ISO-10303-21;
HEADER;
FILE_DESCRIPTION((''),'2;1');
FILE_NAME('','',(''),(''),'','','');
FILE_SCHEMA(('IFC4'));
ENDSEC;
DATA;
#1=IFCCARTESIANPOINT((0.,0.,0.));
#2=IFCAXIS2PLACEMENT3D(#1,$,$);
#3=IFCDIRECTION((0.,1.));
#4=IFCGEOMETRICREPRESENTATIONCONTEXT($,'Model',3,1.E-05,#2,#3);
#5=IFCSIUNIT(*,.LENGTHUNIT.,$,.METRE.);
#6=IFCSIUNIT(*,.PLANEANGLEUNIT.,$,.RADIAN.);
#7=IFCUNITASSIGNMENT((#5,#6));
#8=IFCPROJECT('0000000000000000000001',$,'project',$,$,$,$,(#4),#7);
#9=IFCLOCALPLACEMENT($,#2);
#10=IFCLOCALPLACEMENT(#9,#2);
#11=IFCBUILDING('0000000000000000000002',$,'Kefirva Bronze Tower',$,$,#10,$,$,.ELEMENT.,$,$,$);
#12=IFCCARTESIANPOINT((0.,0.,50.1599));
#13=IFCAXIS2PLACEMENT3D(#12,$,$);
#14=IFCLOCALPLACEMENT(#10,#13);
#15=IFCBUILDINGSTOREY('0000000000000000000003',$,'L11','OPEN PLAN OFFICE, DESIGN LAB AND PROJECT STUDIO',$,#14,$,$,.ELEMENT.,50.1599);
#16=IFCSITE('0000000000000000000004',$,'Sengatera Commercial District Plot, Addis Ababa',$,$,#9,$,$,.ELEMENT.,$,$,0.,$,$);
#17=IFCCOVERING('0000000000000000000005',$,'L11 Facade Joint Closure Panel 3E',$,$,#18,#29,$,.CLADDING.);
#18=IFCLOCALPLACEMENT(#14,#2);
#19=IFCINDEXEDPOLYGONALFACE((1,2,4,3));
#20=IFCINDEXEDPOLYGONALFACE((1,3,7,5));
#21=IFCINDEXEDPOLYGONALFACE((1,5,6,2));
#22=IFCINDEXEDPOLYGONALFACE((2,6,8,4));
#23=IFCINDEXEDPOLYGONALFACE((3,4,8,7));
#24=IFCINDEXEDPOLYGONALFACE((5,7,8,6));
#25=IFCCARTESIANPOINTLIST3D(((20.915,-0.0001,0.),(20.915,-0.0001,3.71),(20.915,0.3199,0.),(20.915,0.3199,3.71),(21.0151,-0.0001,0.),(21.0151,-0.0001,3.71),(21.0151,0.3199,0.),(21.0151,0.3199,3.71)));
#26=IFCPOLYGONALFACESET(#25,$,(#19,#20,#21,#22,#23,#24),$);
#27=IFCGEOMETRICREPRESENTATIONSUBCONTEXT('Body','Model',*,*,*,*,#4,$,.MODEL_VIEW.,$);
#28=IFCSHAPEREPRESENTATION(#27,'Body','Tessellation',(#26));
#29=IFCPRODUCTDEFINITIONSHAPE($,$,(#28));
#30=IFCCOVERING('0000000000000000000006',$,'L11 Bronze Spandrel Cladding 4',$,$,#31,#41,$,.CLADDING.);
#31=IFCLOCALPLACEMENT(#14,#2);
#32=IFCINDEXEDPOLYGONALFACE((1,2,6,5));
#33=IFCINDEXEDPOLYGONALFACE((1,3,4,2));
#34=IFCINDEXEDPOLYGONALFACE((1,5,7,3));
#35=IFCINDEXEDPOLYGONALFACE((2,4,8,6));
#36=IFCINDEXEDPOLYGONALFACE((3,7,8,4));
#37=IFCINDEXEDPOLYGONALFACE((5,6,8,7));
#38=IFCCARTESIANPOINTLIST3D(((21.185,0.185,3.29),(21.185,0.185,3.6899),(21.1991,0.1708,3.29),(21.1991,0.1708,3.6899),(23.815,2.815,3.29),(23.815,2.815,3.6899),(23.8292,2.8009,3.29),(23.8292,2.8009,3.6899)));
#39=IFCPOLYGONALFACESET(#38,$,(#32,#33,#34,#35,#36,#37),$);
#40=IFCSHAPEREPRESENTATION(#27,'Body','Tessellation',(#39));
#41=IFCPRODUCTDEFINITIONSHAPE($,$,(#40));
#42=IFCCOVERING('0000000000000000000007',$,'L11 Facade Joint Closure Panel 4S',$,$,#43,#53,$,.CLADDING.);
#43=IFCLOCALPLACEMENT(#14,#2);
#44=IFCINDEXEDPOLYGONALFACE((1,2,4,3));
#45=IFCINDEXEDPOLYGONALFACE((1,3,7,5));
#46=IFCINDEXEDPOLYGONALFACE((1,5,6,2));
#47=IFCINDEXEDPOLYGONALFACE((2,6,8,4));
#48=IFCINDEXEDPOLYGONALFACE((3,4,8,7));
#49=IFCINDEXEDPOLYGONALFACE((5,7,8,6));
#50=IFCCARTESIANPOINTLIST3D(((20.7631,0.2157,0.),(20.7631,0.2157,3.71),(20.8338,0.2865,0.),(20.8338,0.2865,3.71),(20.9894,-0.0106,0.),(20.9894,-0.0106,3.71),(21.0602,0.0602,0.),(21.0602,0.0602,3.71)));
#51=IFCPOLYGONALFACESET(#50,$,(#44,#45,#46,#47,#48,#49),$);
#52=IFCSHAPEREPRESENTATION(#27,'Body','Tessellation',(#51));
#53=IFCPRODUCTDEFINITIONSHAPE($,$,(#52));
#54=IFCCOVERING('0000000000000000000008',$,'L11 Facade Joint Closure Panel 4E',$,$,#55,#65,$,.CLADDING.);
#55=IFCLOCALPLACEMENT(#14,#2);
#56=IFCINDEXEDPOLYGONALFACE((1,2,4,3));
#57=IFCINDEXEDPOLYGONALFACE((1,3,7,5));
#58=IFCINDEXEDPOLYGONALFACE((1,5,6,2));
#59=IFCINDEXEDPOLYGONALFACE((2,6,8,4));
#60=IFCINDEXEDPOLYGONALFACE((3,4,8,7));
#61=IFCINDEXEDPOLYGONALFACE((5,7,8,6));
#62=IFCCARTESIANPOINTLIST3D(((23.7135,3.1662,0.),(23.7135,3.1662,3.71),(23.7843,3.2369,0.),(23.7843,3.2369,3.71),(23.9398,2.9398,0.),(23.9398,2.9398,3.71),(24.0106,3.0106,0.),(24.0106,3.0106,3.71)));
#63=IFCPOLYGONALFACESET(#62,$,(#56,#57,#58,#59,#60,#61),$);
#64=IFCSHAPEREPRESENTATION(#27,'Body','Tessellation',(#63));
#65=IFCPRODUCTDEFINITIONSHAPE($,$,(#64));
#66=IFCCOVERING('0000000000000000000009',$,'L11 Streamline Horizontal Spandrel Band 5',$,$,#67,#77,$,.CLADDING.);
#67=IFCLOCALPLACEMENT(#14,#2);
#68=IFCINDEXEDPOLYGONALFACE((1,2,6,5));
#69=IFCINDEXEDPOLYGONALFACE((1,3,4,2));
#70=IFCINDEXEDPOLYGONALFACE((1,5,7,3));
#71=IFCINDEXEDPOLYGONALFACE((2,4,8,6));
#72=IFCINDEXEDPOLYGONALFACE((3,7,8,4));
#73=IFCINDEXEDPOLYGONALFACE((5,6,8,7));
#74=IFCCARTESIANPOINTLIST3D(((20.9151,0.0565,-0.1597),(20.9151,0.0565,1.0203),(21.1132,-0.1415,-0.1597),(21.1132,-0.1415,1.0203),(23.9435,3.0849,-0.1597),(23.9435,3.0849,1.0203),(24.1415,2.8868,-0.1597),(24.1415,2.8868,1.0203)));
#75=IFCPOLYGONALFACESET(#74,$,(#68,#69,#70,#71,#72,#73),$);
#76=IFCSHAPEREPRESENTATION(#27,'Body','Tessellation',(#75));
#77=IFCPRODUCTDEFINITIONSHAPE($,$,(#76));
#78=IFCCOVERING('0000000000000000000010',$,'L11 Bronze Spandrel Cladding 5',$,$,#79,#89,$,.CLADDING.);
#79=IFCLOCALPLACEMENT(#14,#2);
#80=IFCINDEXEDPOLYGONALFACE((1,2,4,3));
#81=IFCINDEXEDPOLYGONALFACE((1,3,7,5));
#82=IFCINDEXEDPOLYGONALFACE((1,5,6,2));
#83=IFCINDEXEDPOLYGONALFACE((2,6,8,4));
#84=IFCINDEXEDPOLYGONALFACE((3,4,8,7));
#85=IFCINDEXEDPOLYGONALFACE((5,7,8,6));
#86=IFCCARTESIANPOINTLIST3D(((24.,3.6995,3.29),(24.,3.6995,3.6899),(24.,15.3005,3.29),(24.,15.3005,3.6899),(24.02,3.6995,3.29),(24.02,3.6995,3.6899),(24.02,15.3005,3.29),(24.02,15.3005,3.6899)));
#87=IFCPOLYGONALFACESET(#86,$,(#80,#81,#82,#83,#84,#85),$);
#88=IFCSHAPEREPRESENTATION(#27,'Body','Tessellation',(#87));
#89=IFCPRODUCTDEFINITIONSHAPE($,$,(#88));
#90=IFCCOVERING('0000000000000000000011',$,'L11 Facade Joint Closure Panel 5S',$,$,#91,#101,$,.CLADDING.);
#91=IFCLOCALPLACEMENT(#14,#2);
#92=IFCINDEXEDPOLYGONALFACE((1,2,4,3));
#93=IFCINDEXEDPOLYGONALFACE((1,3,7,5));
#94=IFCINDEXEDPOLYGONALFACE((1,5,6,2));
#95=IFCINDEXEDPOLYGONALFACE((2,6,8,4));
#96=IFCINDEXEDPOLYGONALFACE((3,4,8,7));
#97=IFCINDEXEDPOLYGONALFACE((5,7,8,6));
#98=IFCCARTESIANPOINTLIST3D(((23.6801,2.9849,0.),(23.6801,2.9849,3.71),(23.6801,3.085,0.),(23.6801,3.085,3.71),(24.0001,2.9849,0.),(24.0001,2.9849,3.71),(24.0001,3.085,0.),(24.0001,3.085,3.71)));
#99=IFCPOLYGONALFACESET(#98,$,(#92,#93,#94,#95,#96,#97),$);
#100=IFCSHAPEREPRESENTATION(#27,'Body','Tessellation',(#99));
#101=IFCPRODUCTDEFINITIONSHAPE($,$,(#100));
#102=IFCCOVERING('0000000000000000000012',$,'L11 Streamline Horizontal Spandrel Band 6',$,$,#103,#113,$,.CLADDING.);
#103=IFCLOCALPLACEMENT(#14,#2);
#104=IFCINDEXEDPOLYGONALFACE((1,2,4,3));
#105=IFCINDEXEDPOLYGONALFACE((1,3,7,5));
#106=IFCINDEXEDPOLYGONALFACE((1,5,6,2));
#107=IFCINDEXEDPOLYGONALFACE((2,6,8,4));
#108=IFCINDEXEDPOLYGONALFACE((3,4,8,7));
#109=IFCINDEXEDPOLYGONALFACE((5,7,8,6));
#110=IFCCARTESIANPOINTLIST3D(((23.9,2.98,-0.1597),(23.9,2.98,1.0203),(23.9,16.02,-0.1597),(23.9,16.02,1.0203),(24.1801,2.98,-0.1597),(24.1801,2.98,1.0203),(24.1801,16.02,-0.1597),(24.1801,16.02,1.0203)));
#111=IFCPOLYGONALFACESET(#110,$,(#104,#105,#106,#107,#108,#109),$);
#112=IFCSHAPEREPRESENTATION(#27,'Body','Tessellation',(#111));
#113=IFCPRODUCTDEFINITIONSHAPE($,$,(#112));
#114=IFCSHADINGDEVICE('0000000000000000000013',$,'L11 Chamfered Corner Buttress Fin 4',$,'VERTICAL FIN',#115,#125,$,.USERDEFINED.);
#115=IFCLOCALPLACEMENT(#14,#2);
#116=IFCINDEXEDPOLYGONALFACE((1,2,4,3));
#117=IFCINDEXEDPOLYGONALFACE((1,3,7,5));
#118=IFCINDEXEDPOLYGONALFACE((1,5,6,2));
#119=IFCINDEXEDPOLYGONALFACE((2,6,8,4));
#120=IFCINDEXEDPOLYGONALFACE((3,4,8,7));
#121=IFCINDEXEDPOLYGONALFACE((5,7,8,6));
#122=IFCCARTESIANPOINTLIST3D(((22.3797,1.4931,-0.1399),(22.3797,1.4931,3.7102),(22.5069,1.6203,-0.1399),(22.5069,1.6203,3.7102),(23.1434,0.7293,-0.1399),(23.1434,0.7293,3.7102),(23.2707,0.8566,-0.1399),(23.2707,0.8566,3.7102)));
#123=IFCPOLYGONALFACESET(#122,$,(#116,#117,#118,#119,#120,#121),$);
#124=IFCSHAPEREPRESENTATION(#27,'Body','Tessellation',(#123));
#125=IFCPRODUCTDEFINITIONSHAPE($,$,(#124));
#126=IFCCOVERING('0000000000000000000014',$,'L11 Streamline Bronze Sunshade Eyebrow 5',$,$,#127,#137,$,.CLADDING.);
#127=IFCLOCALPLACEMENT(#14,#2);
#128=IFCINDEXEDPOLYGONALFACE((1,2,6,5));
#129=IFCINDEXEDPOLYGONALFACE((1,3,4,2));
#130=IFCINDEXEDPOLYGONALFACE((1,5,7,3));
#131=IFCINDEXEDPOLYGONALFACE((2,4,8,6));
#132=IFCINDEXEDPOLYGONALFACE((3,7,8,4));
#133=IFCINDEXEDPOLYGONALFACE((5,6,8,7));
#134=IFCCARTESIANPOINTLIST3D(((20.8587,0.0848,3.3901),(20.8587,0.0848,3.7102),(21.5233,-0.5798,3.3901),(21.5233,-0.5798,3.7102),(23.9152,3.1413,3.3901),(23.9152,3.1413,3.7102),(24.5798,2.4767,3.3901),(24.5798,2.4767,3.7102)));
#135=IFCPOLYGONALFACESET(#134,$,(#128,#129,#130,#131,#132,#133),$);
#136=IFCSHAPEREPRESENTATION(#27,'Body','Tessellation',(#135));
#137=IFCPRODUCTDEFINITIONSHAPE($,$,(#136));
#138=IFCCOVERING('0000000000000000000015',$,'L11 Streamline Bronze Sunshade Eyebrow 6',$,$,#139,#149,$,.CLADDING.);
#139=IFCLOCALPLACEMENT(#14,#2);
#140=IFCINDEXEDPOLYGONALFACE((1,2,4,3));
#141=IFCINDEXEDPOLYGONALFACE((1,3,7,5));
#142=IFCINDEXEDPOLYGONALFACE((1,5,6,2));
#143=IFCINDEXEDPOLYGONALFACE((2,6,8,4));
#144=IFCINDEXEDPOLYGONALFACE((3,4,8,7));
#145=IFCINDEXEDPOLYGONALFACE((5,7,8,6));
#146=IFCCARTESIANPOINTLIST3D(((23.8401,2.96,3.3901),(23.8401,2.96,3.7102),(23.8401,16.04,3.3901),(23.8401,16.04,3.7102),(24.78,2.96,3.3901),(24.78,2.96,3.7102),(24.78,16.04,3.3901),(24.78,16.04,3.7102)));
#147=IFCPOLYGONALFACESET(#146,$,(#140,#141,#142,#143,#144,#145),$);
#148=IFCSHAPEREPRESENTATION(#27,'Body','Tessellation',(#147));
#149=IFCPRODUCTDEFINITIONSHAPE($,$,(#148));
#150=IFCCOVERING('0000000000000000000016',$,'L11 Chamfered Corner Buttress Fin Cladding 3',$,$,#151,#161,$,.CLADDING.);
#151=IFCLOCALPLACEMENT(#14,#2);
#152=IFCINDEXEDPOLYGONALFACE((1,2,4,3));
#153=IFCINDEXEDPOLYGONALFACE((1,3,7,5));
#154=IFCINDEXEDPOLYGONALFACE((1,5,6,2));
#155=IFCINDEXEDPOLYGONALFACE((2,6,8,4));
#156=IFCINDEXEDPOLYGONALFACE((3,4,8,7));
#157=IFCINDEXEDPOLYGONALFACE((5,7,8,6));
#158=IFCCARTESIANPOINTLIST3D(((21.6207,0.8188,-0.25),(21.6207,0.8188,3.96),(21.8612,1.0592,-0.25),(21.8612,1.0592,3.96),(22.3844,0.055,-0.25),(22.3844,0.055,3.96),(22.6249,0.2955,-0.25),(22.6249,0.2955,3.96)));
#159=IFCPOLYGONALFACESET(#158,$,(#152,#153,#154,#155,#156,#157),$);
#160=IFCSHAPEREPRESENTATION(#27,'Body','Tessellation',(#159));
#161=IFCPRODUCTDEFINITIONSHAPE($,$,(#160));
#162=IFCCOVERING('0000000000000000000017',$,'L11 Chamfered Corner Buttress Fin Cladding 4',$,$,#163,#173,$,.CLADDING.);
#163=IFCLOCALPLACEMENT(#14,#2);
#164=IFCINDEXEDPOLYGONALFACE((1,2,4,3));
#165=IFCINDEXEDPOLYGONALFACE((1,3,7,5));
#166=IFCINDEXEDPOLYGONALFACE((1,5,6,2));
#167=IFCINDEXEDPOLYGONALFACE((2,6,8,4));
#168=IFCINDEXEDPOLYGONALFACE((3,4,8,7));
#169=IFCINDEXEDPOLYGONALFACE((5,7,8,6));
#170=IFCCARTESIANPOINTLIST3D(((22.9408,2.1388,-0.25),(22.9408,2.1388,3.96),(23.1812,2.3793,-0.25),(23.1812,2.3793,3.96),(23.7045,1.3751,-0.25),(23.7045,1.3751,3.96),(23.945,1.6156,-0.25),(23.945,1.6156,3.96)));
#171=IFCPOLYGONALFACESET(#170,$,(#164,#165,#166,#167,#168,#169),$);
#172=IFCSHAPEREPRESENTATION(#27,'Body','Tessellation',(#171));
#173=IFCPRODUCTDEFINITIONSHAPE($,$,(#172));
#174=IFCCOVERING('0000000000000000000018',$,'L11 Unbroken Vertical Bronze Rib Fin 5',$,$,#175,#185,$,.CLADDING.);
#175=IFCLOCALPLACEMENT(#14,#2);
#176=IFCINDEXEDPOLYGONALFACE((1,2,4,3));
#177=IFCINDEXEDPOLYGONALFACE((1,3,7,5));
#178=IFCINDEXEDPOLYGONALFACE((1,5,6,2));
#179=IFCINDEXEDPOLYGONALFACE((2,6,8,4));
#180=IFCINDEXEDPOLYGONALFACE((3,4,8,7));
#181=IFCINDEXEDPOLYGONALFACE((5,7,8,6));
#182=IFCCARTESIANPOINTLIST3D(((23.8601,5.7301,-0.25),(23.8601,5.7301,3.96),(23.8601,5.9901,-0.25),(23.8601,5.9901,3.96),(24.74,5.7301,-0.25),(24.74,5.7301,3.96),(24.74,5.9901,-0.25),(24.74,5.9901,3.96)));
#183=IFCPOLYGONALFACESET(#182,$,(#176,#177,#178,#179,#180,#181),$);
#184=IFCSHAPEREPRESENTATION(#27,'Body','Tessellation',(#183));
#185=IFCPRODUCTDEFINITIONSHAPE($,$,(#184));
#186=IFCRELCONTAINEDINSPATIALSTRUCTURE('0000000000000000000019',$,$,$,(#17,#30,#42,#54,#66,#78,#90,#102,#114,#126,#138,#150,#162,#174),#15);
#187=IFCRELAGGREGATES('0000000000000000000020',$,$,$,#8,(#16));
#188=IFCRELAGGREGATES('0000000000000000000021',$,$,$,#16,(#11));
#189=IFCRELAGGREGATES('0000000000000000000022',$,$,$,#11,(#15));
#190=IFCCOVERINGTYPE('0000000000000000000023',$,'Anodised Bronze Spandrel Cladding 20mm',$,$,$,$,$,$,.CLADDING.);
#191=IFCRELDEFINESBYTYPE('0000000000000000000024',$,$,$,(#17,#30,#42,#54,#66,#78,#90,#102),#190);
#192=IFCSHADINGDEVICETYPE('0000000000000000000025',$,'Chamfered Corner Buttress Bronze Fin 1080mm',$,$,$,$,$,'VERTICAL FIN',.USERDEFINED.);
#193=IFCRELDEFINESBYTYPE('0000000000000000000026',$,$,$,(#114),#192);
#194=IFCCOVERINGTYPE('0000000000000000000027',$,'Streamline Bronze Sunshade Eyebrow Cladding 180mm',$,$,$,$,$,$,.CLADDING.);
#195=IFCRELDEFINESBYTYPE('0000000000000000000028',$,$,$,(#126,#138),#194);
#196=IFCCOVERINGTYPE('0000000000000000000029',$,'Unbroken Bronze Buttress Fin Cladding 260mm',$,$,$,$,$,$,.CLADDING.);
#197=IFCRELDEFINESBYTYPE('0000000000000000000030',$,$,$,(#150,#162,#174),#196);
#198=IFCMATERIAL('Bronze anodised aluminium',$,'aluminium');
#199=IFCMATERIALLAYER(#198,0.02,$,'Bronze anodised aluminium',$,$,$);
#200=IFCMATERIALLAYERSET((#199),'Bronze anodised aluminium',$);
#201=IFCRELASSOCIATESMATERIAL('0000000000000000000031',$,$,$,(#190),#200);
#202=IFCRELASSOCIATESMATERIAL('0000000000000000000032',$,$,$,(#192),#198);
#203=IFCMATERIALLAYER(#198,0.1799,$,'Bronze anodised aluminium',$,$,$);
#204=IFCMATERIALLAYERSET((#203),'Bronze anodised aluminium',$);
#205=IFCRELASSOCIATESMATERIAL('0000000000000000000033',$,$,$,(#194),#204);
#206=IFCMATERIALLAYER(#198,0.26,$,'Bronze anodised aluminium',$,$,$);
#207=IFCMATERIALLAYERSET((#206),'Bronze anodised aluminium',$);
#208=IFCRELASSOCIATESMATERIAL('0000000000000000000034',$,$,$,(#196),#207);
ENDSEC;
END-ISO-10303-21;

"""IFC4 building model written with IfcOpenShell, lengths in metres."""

from ifc_helpers import new_model, si_unit, direction, frame, origin, origin_2d, place, context, subcontext, project, spatial, rectangle, extrude, material, layer, layer_set, material_profile, profile_set, type_object, element, save


model = new_model("IFC4")

# Units and contexts
model_context = context("Model", 3, precision=1e-05, world=origin(), true_north=direction((0.0, 1.0)))
body_context = subcontext(model_context, "Body", "Model", "MODEL_VIEW")
ifc_project = project(units=[si_unit("LENGTHUNIT", "METRE"), si_unit("PLANEANGLEUNIT", "RADIAN")], contexts=[model_context])

# Site, building, storey
site_placement = place(None, origin())
site = spatial("IfcSite", under=ifc_project, at=site_placement, Name="Sengatera Commercial District Plot, Addis Ababa", CompositionType="ELEMENT", RefElevation=0.0)
building_placement = place(site_placement, origin())
building = spatial("IfcBuilding", under=site, at=building_placement, Name="Kefirva Bronze Tower", CompositionType="ELEMENT")
storey_placement = place(building_placement, frame((0.0, 0.0, 50.1599)))
storey = spatial("IfcBuildingStorey", under=building, at=storey_placement, Name="L11", Description="OPEN PLAN OFFICE, DESIGN LAB AND PROJECT STUDIO", CompositionType="ELEMENT", Elevation=50.1599)

# Coverings
ifc_material_1 = material(Name="Bronze anodised aluminium", Category="aluminium")
ifc_layer_1 = layer(ifc_material_1, 0.02, Name="Bronze anodised aluminium")
ifc_layer_set_1 = layer_set([ifc_layer_1], Name="Bronze anodised aluminium")
covering_type_1 = type_object("IfcCoveringType", Name="Anodised Bronze Spandrel Cladding 20mm", PredefinedType="CLADDING", material=ifc_layer_set_1)
covering_1_placement = place(storey_placement, frame((20.9651, 0.1599, 0.0), z_axis=(0.0, 0.0, 1.0), x_axis=(1.0, 0.0, 0.0)))
element("IfcCovering", 1, at=covering_1_placement, inside=storey, type_object=covering_type_1, Name="L11 Facade Joint Closure Panel 3E", PredefinedType="CLADDING", context=body_context, shape_type="SweptSolid", body=[
    extrude(rectangle(XDim=0.1001, YDim=0.3201, at=origin_2d()), origin(), (0.0, 0.0, 1.0), 3.71),
])
covering_2_placement = place(storey_placement, frame((22.5071, 1.4929, 3.29), z_axis=(0.0, 0.0, 1.0), x_axis=(0.707107, 0.707107, 0.0)))
element("IfcCovering", 2, at=covering_2_placement, inside=storey, type_object=covering_type_1, Name="L11 Bronze Spandrel Cladding 4", PredefinedType="CLADDING", context=body_context, shape_type="SweptSolid", body=[
    extrude(rectangle(XDim=3.7195, YDim=0.02, at=origin_2d()), origin(), (0.0, 0.0, 1.0), 0.3999),
])
for number, where, z_axis, x_axis, name in (
    (3, (20.9116, 0.1379, 0.0), (0.0, 0.0, 1.0), (0.707107, 0.707107, 0.0), "L11 Facade Joint Closure Panel 4S"),
    (4, (23.8621, 3.0884, 0.0), (0.0, 0.0, 1.0), (0.707107, 0.707107, 0.0), "L11 Facade Joint Closure Panel 4E"),
):
    element("IfcCovering", number, at=place(storey_placement, frame(where, z_axis=z_axis, x_axis=x_axis)), inside=storey, type_object=covering_type_1, Name=name, PredefinedType="CLADDING", context=body_context, shape_type="SweptSolid", body=[
        extrude(rectangle(XDim=0.1001, YDim=0.3201, at=origin_2d()), origin(), (0.0, 0.0, 1.0), 3.71),
    ])
covering_3_placement = place(storey_placement, frame((22.5283, 1.4717, -0.1597), z_axis=(0.0, 0.0, 1.0), x_axis=(0.707107, 0.707107, 0.0)))
element("IfcCovering", 5, at=covering_3_placement, inside=storey, type_object=covering_type_1, Name="L11 Streamline Horizontal Spandrel Band 5", PredefinedType="CLADDING", context=body_context, shape_type="SweptSolid", body=[
    extrude(rectangle(XDim=4.2827, YDim=0.28, at=origin_2d()), origin(), (0.0, 0.0, 1.0), 1.1799),
])
covering_4_placement = place(storey_placement, frame((24.01, 9.5, 3.29), z_axis=(0.0, 0.0, 1.0), x_axis=(0.0, 1.0, 0.0)))
element("IfcCovering", 6, at=covering_4_placement, inside=storey, type_object=covering_type_1, Name="L11 Bronze Spandrel Cladding 5", PredefinedType="CLADDING", context=body_context, shape_type="SweptSolid", body=[
    extrude(rectangle(XDim=11.6011, YDim=0.02, at=origin_2d()), origin(), (0.0, 0.0, 1.0), 0.3999),
])
covering_5_placement = place(storey_placement, frame((23.8401, 3.0349, 0.0), z_axis=(0.0, 0.0, 1.0), x_axis=(0.0, 1.0, 0.0)))
element("IfcCovering", 7, at=covering_5_placement, inside=storey, type_object=covering_type_1, Name="L11 Facade Joint Closure Panel 5S", PredefinedType="CLADDING", context=body_context, shape_type="SweptSolid", body=[
    extrude(rectangle(XDim=0.1001, YDim=0.3201, at=origin_2d()), origin(), (0.0, 0.0, 1.0), 3.71),
])
covering_6_placement = place(storey_placement, frame((24.04, 9.5, -0.1597), z_axis=(0.0, 0.0, 1.0), x_axis=(0.0, 1.0, 0.0)))
element("IfcCovering", 8, at=covering_6_placement, inside=storey, type_object=covering_type_1, Name="L11 Streamline Horizontal Spandrel Band 6", PredefinedType="CLADDING", context=body_context, shape_type="SweptSolid", body=[
    extrude(rectangle(XDim=13.04, YDim=0.28, at=origin_2d()), origin(), (0.0, 0.0, 1.0), 1.1799),
])

# Shading device
ifc_material_profile_1 = material_profile(ifc_material_1, rectangle(XDim=0.1799, YDim=1.0801, at=origin_2d()), Name="BRONZE BUTTRESS FIN 180x1080")
ifc_profile_set_1 = profile_set([ifc_material_profile_1], Name="Bronze anodised aluminium")
shading_device_type_1 = type_object("IfcShadingDeviceType", Name="Chamfered Corner Buttress Bronze Fin 1080mm", ElementType="VERTICAL FIN", PredefinedType="USERDEFINED", material=ifc_profile_set_1)
shading_device_1_placement = place(storey_placement, frame((22.8252, 1.1748, -0.1399), z_axis=(0.0, 0.0, 1.0), x_axis=(0.707107, 0.707107, 0.0)))
element("IfcShadingDevice", 9, at=shading_device_1_placement, inside=storey, type_object=shading_device_type_1, Name="L11 Chamfered Corner Buttress Fin 4", ObjectType="VERTICAL FIN", PredefinedType="USERDEFINED", context=body_context, shape_type="SweptSolid", body=[
    extrude(rectangle(XDim=0.1799, YDim=1.0801, at=origin_2d()), origin(), (0.0, 0.0, 1.0), 3.8501),
])

# Coverings
ifc_layer_2 = layer(ifc_material_1, 0.1799, Name="Bronze anodised aluminium")
ifc_layer_set_2 = layer_set([ifc_layer_2], Name="Bronze anodised aluminium")
covering_type_2 = type_object("IfcCoveringType", Name="Streamline Bronze Sunshade Eyebrow Cladding 180mm", PredefinedType="CLADDING", material=ifc_layer_set_2)
covering_7_placement = place(storey_placement, frame((22.7192, 1.2808, 3.3901), z_axis=(0.0, 0.0, 1.0), x_axis=(0.707107, 0.707107, 0.0)))
element("IfcCovering", 10, at=covering_7_placement, inside=storey, type_object=covering_type_2, Name="L11 Streamline Bronze Sunshade Eyebrow 5", PredefinedType="CLADDING", context=body_context, shape_type="SweptSolid", body=[
    extrude(rectangle(XDim=4.3225, YDim=0.9399, at=origin_2d()), origin(), (0.0, 0.0, 1.0), 0.3201),
])
covering_8_placement = place(storey_placement, frame((24.3101, 9.5, 3.3901), z_axis=(0.0, 0.0, 1.0), x_axis=(0.0, 1.0, 0.0)))
element("IfcCovering", 11, at=covering_8_placement, inside=storey, type_object=covering_type_2, Name="L11 Streamline Bronze Sunshade Eyebrow 6", PredefinedType="CLADDING", context=body_context, shape_type="SweptSolid", body=[
    extrude(rectangle(XDim=13.0801, YDim=0.9399, at=origin_2d()), origin(), (0.0, 0.0, 1.0), 0.3201),
])
ifc_layer_3 = layer(ifc_material_1, 0.26, Name="Bronze anodised aluminium")
ifc_layer_set_3 = layer_set([ifc_layer_3], Name="Bronze anodised aluminium")
covering_type_3 = type_object("IfcCoveringType", Name="Unbroken Bronze Buttress Fin Cladding 260mm", PredefinedType="CLADDING", material=ifc_layer_set_3)
for number, where, z_axis, x_axis, name in (
    (12, (22.1228, 0.5571, -0.25), (0.0, 0.0, 1.0), (0.707107, 0.707107, 0.0), "L11 Chamfered Corner Buttress Fin Cladding 3"),
    (13, (23.4429, 1.8772, -0.25), (0.0, 0.0, 1.0), (0.707107, 0.707107, 0.0), "L11 Chamfered Corner Buttress Fin Cladding 4"),
):
    element("IfcCovering", number, at=place(storey_placement, frame(where, z_axis=z_axis, x_axis=x_axis)), inside=storey, type_object=covering_type_3, Name=name, PredefinedType="CLADDING", context=body_context, shape_type="SweptSolid", body=[
        extrude(rectangle(XDim=0.3401, YDim=1.0801, at=origin_2d()), origin(), (0.0, 0.0, 1.0), 4.21),
    ])
covering_9_placement = place(storey_placement, frame((24.3, 5.8601, -0.25), z_axis=(0.0, 0.0, 1.0), x_axis=(0.0, 1.0, 0.0)))
element("IfcCovering", 14, at=covering_9_placement, inside=storey, type_object=covering_type_3, Name="L11 Unbroken Vertical Bronze Rib Fin 5", PredefinedType="CLADDING", context=body_context, shape_type="SweptSolid", body=[
    extrude(rectangle(XDim=0.26, YDim=0.8799, at=origin_2d()), origin(), (0.0, 0.0, 1.0), 4.21),
])

save(model, "model.ifc")
